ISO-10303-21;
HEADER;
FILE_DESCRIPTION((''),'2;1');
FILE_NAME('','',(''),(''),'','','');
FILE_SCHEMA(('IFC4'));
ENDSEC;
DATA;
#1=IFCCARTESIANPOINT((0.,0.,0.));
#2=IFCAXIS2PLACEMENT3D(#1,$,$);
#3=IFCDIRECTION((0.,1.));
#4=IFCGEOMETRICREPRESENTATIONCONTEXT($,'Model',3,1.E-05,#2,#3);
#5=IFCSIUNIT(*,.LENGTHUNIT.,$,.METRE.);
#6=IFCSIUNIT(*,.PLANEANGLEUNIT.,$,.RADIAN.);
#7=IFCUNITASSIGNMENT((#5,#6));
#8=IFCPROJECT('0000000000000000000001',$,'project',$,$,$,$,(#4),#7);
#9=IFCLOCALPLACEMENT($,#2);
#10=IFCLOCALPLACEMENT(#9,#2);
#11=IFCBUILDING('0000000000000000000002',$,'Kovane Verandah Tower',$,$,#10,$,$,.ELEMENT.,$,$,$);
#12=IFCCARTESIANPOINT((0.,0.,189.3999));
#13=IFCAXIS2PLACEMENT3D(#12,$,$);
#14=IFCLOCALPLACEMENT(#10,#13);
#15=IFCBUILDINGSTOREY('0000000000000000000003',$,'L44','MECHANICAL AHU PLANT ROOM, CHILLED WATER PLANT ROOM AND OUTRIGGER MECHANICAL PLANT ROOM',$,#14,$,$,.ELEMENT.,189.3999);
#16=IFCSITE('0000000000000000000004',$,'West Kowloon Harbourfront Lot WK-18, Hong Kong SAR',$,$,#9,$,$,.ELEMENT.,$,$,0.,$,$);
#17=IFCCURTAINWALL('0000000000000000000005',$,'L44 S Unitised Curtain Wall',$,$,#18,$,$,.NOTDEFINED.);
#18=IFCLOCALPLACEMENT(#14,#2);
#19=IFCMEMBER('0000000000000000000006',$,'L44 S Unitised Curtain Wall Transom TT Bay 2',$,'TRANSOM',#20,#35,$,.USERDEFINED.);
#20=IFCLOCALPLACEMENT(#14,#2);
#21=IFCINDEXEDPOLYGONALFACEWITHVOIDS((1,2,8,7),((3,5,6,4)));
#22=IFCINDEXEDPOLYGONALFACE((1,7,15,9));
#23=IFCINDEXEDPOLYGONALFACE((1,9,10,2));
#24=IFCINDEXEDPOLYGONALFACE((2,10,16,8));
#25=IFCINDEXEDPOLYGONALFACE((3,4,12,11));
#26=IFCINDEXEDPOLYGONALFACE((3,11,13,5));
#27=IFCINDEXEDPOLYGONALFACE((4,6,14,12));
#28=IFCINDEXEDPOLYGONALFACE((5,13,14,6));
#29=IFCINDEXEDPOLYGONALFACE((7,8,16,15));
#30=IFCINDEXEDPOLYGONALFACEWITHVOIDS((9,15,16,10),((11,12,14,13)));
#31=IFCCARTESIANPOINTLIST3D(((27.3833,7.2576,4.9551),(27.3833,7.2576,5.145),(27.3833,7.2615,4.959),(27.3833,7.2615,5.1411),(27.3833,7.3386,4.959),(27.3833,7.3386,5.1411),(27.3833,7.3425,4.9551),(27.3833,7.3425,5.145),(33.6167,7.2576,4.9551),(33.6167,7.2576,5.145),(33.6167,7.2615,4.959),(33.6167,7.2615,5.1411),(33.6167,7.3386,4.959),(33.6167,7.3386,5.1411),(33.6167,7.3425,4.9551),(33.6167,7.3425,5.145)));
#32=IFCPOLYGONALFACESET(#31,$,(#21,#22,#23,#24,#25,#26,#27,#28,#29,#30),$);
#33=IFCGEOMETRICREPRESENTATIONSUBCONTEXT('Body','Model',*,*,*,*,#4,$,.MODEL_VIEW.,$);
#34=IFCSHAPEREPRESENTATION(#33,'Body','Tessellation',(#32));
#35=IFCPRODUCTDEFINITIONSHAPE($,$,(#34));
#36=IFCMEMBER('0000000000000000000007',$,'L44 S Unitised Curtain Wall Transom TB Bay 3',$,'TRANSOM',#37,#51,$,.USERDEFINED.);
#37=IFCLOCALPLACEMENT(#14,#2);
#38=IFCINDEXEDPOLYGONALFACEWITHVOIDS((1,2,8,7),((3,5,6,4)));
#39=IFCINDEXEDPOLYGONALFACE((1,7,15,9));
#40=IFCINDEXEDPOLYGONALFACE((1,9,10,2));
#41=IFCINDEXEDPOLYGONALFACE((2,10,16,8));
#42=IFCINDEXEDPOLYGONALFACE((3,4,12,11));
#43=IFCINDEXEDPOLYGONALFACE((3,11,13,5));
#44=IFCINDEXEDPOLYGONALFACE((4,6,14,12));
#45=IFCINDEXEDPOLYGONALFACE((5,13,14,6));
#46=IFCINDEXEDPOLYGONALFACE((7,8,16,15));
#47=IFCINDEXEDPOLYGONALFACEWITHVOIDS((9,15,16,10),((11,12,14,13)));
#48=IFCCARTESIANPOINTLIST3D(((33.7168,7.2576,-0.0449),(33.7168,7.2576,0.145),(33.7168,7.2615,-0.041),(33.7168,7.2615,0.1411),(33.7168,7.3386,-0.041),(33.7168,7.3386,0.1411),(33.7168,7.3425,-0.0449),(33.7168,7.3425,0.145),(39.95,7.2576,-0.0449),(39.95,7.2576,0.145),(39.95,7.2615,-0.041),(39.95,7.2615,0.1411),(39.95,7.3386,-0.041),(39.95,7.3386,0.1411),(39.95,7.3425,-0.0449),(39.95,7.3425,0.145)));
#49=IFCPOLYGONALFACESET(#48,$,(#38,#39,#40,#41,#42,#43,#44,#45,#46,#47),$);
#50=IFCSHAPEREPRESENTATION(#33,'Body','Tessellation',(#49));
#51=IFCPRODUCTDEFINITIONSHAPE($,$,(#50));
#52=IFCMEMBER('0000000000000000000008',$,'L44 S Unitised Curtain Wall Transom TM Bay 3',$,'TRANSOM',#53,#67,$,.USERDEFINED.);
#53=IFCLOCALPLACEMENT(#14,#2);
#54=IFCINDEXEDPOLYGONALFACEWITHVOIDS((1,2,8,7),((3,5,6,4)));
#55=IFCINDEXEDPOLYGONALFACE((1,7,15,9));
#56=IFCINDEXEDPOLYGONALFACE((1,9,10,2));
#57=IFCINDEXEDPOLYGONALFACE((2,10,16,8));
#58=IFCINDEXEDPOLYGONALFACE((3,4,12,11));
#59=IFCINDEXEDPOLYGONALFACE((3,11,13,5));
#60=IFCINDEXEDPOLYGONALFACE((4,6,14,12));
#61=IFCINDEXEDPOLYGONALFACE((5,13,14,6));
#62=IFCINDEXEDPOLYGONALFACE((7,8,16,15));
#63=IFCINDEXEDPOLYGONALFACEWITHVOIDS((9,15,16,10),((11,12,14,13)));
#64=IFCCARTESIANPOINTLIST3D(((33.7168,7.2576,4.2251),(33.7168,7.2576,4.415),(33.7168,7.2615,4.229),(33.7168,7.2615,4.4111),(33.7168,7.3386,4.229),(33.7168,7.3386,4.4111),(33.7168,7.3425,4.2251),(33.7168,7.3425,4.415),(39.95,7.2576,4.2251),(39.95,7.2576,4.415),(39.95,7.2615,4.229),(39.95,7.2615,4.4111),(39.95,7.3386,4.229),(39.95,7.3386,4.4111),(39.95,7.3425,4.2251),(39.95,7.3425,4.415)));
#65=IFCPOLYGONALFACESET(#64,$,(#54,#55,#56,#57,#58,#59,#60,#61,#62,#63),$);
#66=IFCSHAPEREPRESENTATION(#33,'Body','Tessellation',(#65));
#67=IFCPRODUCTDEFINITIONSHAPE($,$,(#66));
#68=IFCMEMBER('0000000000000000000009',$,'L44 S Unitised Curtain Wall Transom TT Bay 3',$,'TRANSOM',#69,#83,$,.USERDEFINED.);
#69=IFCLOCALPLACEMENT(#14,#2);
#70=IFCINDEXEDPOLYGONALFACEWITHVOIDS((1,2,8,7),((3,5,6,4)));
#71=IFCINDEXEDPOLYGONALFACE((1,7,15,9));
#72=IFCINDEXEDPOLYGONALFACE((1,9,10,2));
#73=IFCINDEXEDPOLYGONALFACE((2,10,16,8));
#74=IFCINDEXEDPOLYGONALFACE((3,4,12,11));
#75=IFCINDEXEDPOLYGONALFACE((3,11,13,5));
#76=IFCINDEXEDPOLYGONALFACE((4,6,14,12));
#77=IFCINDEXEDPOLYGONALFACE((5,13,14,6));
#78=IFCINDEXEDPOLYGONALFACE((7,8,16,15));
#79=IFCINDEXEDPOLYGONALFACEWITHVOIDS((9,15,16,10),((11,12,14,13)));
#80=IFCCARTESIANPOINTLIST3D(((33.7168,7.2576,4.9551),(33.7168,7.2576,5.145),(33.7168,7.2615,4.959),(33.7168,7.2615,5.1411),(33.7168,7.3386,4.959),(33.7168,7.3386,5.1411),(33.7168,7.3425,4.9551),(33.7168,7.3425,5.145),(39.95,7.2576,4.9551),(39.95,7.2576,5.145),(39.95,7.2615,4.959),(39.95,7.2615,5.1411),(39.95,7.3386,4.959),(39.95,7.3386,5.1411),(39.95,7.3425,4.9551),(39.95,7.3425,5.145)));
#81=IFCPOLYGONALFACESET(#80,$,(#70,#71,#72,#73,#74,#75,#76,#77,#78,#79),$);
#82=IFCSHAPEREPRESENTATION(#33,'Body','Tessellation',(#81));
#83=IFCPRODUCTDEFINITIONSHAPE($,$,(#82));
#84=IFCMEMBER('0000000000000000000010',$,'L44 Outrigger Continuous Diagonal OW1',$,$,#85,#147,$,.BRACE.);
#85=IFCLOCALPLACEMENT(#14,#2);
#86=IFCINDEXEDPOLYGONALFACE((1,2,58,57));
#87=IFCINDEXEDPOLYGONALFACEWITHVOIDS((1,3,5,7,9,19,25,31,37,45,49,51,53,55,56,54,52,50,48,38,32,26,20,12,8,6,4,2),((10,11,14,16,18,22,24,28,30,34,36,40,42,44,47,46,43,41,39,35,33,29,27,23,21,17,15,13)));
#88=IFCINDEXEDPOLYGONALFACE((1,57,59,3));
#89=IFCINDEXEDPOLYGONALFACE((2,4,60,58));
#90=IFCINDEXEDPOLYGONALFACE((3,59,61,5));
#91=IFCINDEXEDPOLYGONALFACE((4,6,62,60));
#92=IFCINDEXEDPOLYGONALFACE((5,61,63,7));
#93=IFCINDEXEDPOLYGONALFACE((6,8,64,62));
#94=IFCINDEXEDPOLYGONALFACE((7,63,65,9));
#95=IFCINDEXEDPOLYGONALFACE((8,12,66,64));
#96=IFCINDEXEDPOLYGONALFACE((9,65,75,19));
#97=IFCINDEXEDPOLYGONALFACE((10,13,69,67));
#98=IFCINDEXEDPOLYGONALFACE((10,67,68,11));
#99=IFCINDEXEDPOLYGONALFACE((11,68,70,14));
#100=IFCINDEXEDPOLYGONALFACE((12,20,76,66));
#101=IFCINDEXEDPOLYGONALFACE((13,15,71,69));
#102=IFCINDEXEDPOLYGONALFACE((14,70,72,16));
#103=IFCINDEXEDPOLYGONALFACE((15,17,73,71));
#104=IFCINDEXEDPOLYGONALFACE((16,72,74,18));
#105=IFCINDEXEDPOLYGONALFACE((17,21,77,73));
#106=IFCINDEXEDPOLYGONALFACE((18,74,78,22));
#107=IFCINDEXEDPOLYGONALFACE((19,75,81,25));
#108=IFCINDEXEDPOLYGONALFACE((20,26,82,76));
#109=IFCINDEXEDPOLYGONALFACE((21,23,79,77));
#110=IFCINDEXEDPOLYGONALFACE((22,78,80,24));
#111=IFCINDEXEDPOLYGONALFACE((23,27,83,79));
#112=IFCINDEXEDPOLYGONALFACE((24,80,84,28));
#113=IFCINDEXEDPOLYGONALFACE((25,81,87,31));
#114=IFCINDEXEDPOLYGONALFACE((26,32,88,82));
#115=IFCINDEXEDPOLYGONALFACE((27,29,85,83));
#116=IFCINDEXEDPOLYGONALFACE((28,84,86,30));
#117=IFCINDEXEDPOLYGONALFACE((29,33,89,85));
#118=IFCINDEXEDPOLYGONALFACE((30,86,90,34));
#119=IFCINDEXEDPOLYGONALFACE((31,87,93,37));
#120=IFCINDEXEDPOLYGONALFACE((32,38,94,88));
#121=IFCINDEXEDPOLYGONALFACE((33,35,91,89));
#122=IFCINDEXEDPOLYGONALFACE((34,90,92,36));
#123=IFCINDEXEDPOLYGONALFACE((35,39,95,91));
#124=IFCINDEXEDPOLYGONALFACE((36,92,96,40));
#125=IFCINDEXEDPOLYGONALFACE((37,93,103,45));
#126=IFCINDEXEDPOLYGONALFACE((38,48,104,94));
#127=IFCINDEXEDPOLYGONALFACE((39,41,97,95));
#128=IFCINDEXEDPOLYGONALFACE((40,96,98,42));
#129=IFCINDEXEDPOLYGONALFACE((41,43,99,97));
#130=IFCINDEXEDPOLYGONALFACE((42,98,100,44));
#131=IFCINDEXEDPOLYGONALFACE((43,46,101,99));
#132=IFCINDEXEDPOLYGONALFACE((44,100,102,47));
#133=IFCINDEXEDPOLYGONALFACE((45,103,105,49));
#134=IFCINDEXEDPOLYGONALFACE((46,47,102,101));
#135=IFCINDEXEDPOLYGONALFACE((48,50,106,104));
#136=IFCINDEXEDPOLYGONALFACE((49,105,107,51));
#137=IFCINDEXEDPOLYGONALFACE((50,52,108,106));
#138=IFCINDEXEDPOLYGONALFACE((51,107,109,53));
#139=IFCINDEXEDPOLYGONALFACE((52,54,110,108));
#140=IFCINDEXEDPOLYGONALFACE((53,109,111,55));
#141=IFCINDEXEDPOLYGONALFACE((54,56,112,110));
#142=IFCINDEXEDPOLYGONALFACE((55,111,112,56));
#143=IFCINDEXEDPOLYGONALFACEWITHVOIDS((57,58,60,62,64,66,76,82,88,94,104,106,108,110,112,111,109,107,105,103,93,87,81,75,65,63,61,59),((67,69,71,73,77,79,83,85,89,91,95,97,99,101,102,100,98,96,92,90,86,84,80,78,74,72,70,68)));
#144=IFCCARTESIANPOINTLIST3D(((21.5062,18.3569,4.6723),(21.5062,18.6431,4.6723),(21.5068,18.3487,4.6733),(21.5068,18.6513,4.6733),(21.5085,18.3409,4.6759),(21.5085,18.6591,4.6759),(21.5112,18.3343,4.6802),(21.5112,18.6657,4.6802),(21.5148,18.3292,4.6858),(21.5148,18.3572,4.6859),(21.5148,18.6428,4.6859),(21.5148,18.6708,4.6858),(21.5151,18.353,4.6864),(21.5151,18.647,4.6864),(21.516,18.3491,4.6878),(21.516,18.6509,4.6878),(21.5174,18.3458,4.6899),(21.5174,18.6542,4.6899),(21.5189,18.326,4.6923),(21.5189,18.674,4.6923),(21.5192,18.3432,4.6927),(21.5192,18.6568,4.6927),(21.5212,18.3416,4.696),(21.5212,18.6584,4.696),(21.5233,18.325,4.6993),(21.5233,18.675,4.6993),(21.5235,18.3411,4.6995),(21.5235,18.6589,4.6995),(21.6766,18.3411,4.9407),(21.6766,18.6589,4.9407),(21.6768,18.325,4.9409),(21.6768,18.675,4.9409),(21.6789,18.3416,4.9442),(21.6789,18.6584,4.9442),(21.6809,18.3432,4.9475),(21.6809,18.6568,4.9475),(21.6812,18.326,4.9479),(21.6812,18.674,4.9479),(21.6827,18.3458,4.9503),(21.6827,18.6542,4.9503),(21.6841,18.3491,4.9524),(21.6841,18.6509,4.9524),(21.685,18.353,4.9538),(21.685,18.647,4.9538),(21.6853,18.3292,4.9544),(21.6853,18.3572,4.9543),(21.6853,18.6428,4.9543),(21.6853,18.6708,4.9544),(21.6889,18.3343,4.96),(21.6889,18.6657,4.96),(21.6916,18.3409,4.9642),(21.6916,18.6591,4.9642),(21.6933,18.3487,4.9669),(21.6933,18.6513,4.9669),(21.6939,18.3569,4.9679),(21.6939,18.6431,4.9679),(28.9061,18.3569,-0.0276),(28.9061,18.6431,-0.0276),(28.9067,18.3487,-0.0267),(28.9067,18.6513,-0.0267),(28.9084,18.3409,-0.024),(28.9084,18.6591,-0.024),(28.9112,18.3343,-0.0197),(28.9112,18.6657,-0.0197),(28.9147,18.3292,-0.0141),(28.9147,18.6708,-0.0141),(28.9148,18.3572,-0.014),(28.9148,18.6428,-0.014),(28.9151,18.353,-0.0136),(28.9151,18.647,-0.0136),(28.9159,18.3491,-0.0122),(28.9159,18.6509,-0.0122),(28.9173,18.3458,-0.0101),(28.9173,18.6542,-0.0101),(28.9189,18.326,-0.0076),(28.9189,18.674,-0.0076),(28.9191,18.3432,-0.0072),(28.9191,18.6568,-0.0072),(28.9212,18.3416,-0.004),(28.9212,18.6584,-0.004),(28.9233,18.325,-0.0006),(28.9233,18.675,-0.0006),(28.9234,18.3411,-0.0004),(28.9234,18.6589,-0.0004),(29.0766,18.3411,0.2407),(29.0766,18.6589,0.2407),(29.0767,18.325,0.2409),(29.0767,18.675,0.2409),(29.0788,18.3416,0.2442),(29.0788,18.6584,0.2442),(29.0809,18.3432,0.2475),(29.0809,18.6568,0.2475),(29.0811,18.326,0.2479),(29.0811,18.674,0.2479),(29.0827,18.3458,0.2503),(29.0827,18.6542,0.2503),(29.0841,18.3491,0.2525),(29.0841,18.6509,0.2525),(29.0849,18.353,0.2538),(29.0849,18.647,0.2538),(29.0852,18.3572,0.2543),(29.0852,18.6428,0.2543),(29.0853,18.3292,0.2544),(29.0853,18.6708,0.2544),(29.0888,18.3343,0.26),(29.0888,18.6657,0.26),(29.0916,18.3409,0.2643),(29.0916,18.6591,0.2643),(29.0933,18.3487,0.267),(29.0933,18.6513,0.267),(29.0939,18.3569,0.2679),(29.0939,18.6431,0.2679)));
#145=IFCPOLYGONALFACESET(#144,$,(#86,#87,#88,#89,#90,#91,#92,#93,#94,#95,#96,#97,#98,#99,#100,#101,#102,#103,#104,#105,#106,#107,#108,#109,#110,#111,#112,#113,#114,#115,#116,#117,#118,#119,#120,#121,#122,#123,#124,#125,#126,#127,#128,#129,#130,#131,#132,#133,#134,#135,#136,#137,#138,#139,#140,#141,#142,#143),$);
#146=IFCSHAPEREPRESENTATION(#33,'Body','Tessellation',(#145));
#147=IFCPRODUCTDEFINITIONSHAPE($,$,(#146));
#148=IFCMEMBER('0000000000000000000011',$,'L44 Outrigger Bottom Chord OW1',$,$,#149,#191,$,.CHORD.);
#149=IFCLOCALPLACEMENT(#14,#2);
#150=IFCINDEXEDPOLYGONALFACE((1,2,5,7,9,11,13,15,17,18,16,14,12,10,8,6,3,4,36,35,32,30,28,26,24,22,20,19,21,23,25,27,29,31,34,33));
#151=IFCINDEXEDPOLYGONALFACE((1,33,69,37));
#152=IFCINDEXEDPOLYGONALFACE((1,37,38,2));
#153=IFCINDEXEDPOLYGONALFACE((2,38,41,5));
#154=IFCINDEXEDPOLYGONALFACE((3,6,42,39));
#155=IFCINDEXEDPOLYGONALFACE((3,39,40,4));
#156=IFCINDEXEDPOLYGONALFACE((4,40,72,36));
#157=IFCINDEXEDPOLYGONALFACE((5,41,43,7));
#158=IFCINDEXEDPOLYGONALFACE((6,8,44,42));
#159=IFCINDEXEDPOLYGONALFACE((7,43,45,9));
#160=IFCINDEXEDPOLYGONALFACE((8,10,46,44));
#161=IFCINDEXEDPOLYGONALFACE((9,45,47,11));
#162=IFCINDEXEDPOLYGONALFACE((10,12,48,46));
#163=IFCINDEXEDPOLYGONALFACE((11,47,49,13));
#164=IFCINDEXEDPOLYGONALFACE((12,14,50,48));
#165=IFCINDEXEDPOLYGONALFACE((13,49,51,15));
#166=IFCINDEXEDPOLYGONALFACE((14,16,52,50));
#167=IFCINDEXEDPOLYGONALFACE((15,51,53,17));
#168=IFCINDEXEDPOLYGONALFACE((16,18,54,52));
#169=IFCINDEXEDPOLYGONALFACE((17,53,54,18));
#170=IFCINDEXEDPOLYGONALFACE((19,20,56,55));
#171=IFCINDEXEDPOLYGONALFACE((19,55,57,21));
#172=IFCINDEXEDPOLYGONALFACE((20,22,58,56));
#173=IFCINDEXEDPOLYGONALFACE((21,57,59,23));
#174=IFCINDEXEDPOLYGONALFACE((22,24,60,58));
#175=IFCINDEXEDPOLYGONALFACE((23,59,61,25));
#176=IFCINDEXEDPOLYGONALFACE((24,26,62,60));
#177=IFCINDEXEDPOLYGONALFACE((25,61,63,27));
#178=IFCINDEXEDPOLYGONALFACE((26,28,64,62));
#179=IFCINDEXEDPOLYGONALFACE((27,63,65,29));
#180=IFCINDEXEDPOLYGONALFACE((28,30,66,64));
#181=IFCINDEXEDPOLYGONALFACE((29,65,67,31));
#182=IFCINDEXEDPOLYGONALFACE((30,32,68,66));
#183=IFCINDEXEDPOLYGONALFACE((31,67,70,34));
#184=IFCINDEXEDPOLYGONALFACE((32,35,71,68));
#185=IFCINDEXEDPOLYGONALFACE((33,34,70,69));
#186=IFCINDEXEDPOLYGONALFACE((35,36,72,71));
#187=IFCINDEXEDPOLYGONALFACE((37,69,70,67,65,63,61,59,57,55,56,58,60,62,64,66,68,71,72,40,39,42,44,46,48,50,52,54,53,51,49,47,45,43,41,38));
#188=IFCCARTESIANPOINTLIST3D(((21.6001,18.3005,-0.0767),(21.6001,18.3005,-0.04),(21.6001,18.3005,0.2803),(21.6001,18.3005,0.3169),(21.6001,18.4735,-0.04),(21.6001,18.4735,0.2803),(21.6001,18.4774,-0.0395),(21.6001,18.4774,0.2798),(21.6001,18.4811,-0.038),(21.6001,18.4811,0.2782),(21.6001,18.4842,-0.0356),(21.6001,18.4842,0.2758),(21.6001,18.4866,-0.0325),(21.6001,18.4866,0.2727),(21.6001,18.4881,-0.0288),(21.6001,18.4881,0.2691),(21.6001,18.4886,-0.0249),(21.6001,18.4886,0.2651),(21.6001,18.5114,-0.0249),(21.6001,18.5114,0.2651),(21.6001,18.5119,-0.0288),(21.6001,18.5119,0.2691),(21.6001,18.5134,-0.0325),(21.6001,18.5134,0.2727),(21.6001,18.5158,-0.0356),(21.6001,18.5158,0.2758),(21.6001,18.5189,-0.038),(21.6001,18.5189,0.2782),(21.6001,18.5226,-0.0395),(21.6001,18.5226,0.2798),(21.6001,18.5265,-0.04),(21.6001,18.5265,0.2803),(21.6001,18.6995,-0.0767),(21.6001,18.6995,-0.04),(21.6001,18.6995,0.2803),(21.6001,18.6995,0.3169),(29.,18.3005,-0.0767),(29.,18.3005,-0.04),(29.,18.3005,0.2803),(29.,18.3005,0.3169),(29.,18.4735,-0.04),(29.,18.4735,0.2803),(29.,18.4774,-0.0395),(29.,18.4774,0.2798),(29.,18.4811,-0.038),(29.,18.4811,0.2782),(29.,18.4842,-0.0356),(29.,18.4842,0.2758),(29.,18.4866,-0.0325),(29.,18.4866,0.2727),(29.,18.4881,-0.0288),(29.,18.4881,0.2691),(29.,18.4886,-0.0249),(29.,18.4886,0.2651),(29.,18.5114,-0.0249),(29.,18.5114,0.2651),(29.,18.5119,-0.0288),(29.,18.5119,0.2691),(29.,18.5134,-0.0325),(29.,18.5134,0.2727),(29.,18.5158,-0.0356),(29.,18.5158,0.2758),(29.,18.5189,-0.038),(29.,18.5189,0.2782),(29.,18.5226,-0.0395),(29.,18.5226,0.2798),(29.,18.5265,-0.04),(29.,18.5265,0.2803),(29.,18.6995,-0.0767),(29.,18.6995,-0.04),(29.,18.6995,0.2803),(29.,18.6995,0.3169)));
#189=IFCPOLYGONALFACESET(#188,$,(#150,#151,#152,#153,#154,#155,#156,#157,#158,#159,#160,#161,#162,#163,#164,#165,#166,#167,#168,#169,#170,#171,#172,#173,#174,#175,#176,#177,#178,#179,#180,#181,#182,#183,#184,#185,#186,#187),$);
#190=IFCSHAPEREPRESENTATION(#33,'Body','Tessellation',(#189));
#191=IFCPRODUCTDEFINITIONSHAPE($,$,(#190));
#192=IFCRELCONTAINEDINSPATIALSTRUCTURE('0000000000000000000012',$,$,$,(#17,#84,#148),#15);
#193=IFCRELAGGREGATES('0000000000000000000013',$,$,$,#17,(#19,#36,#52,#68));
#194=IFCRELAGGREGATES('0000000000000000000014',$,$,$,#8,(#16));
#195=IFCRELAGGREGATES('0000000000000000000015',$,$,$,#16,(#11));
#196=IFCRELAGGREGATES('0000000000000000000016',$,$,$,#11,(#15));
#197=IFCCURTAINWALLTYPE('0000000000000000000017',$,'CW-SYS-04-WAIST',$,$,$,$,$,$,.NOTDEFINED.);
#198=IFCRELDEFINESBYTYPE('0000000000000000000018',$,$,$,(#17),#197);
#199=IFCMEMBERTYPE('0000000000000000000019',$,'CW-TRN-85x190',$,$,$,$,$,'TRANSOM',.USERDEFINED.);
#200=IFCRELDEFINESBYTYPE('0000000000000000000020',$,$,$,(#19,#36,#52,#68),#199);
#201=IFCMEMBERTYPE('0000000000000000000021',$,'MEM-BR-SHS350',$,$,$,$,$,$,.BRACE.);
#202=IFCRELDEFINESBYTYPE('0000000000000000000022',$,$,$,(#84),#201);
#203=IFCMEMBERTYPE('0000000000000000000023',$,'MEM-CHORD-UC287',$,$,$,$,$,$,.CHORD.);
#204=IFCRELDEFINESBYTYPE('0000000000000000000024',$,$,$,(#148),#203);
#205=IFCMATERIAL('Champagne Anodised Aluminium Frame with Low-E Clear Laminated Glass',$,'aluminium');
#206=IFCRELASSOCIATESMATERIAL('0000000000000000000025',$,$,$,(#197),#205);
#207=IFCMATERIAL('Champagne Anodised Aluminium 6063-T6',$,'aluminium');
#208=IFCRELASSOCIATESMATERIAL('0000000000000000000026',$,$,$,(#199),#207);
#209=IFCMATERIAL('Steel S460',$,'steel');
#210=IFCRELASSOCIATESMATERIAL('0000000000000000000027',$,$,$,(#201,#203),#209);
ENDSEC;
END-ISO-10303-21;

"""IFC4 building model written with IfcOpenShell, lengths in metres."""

from ifc_helpers import new_model, si_unit, direction, frame, origin, origin_2d, place, context, subcontext, project, spatial, hollow_rectangle, i_section, extrude, material, material_profile, profile_set, type_object, element, aggregate, save


model = new_model("IFC4")

# Units and contexts
model_context = context("Model", 3, precision=1e-05, world=origin(), true_north=direction((0.0, 1.0)))
body_context = subcontext(model_context, "Body", "Model", "MODEL_VIEW")
ifc_project = project(units=[si_unit("LENGTHUNIT", "METRE"), si_unit("PLANEANGLEUNIT", "RADIAN")], contexts=[model_context])

# Site, building, storey
site_placement = place(None, origin())
site = spatial("IfcSite", under=ifc_project, at=site_placement, Name="West Kowloon Harbourfront Lot WK-18, Hong Kong SAR", CompositionType="ELEMENT", RefElevation=0.0)
building_placement = place(site_placement, origin())
building = spatial("IfcBuilding", under=site, at=building_placement, Name="Kovane Verandah Tower", CompositionType="ELEMENT")
storey_placement = place(building_placement, frame((0.0, 0.0, 189.3999)))
storey = spatial("IfcBuildingStorey", under=building, at=storey_placement, Name="L44", Description="MECHANICAL AHU PLANT ROOM, CHILLED WATER PLANT ROOM AND OUTRIGGER MECHANICAL PLANT ROOM", CompositionType="ELEMENT", Elevation=189.3999)

# Shared definitions
ifc_material_1 = material(Name="Steel S460", Category="steel")

# Curtain wall, members
ifc_material_2 = material(Name="Champagne Anodised Aluminium Frame with Low-E Clear Laminated Glass", Category="aluminium")
curtain_wall_type = type_object("IfcCurtainWallType", Name="CW-SYS-04-WAIST", PredefinedType="NOTDEFINED", material=ifc_material_2)
curtain_wall_placement = place(storey_placement, origin())
curtain_wall = element("IfcCurtainWall", 1, at=curtain_wall_placement, inside=storey, type_object=curtain_wall_type, Name="L44 S Unitised Curtain Wall", PredefinedType="NOTDEFINED")
ifc_material_3 = material(Name="Champagne Anodised Aluminium 6063-T6", Category="aluminium")
ifc_material_profile_1 = material_profile(ifc_material_3, hollow_rectangle(XDim=0.085, YDim=0.1899, WallThickness=0.0039, at=origin_2d()), Name="AL85x190x4")
ifc_profile_set_1 = profile_set([ifc_material_profile_1], Name="Champagne Anodised Aluminium 6063-T6")
member_type_1 = type_object("IfcMemberType", Name="CW-TRN-85x190", ElementType="TRANSOM", PredefinedType="USERDEFINED", material=ifc_profile_set_1)
member_1_placement = place(storey_placement, frame((27.3833, 7.3, 5.05), z_axis=(1.0, 0.0, 0.0), x_axis=(0.0, 1.0, 0.0)))
member_1 = element("IfcMember", 2, at=member_1_placement, type_object=member_type_1, Name="L44 S Unitised Curtain Wall Transom TT Bay 2", ObjectType="TRANSOM", PredefinedType="USERDEFINED", context=body_context, shape_type="SweptSolid", body=[
    extrude(hollow_rectangle(XDim=0.085, YDim=0.1899, WallThickness=0.0039, at=origin_2d()), origin(), (0.0, 0.0, 1.0), 6.2334),
])
member_2_placement = place(storey_placement, frame((33.7168, 7.3, 0.05), z_axis=(1.0, 0.0, 0.0), x_axis=(0.0, 1.0, 0.0)))
member_2 = element("IfcMember", 3, at=member_2_placement, type_object=member_type_1, Name="L44 S Unitised Curtain Wall Transom TB Bay 3", ObjectType="TRANSOM", PredefinedType="USERDEFINED", context=body_context, shape_type="SweptSolid", body=[
    extrude(hollow_rectangle(XDim=0.085, YDim=0.1899, WallThickness=0.0039, at=origin_2d()), origin(), (0.0, 0.0, 1.0), 6.2332),
])
member_3_placement = place(storey_placement, frame((33.7168, 7.3, 4.3201), z_axis=(1.0, 0.0, 0.0), x_axis=(0.0, 1.0, 0.0)))
member_3 = element("IfcMember", 4, at=member_3_placement, type_object=member_type_1, Name="L44 S Unitised Curtain Wall Transom TM Bay 3", ObjectType="TRANSOM", PredefinedType="USERDEFINED", context=body_context, shape_type="SweptSolid", body=[
    extrude(hollow_rectangle(XDim=0.085, YDim=0.1899, WallThickness=0.0039, at=origin_2d()), origin(), (0.0, 0.0, 1.0), 6.2332),
])
member_4_placement = place(storey_placement, frame((33.7168, 7.3, 5.05), z_axis=(1.0, 0.0, 0.0), x_axis=(0.0, 1.0, 0.0)))
member_4 = element("IfcMember", 5, at=member_4_placement, type_object=member_type_1, Name="L44 S Unitised Curtain Wall Transom TT Bay 3", ObjectType="TRANSOM", PredefinedType="USERDEFINED", context=body_context, shape_type="SweptSolid", body=[
    extrude(hollow_rectangle(XDim=0.085, YDim=0.1899, WallThickness=0.0039, at=origin_2d()), origin(), (0.0, 0.0, 1.0), 6.2332),
])

# Members
ifc_material_profile_2 = material_profile(ifc_material_1, hollow_rectangle(XDim=0.3501, YDim=0.3501, WallThickness=0.0161, InnerFilletRadius=0.0161, OuterFilletRadius=0.032, at=origin_2d()), Name="SHS350x350x16")
ifc_profile_set_2 = profile_set([ifc_material_profile_2], Name="Steel S460")
member_type_2 = type_object("IfcMemberType", Name="MEM-BR-SHS350", PredefinedType="BRACE", material=ifc_profile_set_2)
member_5_placement = place(storey_placement, frame((29.0, 18.5, 0.1201), z_axis=(-0.84413, 0.0, 0.536138), x_axis=(0.0, -1.0, 0.0)))
element("IfcMember", 6, at=member_5_placement, inside=storey, type_object=member_type_2, Name="L44 Outrigger Continuous Diagonal OW1", PredefinedType="BRACE", context=body_context, shape_type="SweptSolid", body=[
    extrude(hollow_rectangle(XDim=0.3501, YDim=0.3501, WallThickness=0.0161, InnerFilletRadius=0.0161, OuterFilletRadius=0.032, at=origin_2d()), origin(), (0.0, 0.0, 1.0), 8.7664),
])
ifc_material_profile_3 = material_profile(ifc_material_1, i_section(OverallWidth=0.3989, OverallDepth=0.3936, WebThickness=0.0227, FlangeThickness=0.0366, FilletRadius=0.0151, at=origin_2d()), Name="UC356x406x287")
ifc_profile_set_3 = profile_set([ifc_material_profile_3], Name="Steel S460")
member_type_3 = type_object("IfcMemberType", Name="MEM-CHORD-UC287", PredefinedType="CHORD", material=ifc_profile_set_3)
member_6_placement = place(storey_placement, frame((29.0, 18.5, 0.1201), z_axis=(-1.0, 0.0, 0.0), x_axis=(0.0, -1.0, 0.0)))
element("IfcMember", 7, at=member_6_placement, inside=storey, type_object=member_type_3, Name="L44 Outrigger Bottom Chord OW1", PredefinedType="CHORD", context=body_context, shape_type="SweptSolid", body=[
    extrude(i_section(OverallWidth=0.3989, OverallDepth=0.3936, WebThickness=0.0227, FlangeThickness=0.0366, FilletRadius=0.0151, at=origin_2d()), origin(), (0.0, 0.0, 1.0), 7.3999),
])

aggregate(curtain_wall, [member_1, member_2, member_3, member_4])

save(model, "model.ifc")
